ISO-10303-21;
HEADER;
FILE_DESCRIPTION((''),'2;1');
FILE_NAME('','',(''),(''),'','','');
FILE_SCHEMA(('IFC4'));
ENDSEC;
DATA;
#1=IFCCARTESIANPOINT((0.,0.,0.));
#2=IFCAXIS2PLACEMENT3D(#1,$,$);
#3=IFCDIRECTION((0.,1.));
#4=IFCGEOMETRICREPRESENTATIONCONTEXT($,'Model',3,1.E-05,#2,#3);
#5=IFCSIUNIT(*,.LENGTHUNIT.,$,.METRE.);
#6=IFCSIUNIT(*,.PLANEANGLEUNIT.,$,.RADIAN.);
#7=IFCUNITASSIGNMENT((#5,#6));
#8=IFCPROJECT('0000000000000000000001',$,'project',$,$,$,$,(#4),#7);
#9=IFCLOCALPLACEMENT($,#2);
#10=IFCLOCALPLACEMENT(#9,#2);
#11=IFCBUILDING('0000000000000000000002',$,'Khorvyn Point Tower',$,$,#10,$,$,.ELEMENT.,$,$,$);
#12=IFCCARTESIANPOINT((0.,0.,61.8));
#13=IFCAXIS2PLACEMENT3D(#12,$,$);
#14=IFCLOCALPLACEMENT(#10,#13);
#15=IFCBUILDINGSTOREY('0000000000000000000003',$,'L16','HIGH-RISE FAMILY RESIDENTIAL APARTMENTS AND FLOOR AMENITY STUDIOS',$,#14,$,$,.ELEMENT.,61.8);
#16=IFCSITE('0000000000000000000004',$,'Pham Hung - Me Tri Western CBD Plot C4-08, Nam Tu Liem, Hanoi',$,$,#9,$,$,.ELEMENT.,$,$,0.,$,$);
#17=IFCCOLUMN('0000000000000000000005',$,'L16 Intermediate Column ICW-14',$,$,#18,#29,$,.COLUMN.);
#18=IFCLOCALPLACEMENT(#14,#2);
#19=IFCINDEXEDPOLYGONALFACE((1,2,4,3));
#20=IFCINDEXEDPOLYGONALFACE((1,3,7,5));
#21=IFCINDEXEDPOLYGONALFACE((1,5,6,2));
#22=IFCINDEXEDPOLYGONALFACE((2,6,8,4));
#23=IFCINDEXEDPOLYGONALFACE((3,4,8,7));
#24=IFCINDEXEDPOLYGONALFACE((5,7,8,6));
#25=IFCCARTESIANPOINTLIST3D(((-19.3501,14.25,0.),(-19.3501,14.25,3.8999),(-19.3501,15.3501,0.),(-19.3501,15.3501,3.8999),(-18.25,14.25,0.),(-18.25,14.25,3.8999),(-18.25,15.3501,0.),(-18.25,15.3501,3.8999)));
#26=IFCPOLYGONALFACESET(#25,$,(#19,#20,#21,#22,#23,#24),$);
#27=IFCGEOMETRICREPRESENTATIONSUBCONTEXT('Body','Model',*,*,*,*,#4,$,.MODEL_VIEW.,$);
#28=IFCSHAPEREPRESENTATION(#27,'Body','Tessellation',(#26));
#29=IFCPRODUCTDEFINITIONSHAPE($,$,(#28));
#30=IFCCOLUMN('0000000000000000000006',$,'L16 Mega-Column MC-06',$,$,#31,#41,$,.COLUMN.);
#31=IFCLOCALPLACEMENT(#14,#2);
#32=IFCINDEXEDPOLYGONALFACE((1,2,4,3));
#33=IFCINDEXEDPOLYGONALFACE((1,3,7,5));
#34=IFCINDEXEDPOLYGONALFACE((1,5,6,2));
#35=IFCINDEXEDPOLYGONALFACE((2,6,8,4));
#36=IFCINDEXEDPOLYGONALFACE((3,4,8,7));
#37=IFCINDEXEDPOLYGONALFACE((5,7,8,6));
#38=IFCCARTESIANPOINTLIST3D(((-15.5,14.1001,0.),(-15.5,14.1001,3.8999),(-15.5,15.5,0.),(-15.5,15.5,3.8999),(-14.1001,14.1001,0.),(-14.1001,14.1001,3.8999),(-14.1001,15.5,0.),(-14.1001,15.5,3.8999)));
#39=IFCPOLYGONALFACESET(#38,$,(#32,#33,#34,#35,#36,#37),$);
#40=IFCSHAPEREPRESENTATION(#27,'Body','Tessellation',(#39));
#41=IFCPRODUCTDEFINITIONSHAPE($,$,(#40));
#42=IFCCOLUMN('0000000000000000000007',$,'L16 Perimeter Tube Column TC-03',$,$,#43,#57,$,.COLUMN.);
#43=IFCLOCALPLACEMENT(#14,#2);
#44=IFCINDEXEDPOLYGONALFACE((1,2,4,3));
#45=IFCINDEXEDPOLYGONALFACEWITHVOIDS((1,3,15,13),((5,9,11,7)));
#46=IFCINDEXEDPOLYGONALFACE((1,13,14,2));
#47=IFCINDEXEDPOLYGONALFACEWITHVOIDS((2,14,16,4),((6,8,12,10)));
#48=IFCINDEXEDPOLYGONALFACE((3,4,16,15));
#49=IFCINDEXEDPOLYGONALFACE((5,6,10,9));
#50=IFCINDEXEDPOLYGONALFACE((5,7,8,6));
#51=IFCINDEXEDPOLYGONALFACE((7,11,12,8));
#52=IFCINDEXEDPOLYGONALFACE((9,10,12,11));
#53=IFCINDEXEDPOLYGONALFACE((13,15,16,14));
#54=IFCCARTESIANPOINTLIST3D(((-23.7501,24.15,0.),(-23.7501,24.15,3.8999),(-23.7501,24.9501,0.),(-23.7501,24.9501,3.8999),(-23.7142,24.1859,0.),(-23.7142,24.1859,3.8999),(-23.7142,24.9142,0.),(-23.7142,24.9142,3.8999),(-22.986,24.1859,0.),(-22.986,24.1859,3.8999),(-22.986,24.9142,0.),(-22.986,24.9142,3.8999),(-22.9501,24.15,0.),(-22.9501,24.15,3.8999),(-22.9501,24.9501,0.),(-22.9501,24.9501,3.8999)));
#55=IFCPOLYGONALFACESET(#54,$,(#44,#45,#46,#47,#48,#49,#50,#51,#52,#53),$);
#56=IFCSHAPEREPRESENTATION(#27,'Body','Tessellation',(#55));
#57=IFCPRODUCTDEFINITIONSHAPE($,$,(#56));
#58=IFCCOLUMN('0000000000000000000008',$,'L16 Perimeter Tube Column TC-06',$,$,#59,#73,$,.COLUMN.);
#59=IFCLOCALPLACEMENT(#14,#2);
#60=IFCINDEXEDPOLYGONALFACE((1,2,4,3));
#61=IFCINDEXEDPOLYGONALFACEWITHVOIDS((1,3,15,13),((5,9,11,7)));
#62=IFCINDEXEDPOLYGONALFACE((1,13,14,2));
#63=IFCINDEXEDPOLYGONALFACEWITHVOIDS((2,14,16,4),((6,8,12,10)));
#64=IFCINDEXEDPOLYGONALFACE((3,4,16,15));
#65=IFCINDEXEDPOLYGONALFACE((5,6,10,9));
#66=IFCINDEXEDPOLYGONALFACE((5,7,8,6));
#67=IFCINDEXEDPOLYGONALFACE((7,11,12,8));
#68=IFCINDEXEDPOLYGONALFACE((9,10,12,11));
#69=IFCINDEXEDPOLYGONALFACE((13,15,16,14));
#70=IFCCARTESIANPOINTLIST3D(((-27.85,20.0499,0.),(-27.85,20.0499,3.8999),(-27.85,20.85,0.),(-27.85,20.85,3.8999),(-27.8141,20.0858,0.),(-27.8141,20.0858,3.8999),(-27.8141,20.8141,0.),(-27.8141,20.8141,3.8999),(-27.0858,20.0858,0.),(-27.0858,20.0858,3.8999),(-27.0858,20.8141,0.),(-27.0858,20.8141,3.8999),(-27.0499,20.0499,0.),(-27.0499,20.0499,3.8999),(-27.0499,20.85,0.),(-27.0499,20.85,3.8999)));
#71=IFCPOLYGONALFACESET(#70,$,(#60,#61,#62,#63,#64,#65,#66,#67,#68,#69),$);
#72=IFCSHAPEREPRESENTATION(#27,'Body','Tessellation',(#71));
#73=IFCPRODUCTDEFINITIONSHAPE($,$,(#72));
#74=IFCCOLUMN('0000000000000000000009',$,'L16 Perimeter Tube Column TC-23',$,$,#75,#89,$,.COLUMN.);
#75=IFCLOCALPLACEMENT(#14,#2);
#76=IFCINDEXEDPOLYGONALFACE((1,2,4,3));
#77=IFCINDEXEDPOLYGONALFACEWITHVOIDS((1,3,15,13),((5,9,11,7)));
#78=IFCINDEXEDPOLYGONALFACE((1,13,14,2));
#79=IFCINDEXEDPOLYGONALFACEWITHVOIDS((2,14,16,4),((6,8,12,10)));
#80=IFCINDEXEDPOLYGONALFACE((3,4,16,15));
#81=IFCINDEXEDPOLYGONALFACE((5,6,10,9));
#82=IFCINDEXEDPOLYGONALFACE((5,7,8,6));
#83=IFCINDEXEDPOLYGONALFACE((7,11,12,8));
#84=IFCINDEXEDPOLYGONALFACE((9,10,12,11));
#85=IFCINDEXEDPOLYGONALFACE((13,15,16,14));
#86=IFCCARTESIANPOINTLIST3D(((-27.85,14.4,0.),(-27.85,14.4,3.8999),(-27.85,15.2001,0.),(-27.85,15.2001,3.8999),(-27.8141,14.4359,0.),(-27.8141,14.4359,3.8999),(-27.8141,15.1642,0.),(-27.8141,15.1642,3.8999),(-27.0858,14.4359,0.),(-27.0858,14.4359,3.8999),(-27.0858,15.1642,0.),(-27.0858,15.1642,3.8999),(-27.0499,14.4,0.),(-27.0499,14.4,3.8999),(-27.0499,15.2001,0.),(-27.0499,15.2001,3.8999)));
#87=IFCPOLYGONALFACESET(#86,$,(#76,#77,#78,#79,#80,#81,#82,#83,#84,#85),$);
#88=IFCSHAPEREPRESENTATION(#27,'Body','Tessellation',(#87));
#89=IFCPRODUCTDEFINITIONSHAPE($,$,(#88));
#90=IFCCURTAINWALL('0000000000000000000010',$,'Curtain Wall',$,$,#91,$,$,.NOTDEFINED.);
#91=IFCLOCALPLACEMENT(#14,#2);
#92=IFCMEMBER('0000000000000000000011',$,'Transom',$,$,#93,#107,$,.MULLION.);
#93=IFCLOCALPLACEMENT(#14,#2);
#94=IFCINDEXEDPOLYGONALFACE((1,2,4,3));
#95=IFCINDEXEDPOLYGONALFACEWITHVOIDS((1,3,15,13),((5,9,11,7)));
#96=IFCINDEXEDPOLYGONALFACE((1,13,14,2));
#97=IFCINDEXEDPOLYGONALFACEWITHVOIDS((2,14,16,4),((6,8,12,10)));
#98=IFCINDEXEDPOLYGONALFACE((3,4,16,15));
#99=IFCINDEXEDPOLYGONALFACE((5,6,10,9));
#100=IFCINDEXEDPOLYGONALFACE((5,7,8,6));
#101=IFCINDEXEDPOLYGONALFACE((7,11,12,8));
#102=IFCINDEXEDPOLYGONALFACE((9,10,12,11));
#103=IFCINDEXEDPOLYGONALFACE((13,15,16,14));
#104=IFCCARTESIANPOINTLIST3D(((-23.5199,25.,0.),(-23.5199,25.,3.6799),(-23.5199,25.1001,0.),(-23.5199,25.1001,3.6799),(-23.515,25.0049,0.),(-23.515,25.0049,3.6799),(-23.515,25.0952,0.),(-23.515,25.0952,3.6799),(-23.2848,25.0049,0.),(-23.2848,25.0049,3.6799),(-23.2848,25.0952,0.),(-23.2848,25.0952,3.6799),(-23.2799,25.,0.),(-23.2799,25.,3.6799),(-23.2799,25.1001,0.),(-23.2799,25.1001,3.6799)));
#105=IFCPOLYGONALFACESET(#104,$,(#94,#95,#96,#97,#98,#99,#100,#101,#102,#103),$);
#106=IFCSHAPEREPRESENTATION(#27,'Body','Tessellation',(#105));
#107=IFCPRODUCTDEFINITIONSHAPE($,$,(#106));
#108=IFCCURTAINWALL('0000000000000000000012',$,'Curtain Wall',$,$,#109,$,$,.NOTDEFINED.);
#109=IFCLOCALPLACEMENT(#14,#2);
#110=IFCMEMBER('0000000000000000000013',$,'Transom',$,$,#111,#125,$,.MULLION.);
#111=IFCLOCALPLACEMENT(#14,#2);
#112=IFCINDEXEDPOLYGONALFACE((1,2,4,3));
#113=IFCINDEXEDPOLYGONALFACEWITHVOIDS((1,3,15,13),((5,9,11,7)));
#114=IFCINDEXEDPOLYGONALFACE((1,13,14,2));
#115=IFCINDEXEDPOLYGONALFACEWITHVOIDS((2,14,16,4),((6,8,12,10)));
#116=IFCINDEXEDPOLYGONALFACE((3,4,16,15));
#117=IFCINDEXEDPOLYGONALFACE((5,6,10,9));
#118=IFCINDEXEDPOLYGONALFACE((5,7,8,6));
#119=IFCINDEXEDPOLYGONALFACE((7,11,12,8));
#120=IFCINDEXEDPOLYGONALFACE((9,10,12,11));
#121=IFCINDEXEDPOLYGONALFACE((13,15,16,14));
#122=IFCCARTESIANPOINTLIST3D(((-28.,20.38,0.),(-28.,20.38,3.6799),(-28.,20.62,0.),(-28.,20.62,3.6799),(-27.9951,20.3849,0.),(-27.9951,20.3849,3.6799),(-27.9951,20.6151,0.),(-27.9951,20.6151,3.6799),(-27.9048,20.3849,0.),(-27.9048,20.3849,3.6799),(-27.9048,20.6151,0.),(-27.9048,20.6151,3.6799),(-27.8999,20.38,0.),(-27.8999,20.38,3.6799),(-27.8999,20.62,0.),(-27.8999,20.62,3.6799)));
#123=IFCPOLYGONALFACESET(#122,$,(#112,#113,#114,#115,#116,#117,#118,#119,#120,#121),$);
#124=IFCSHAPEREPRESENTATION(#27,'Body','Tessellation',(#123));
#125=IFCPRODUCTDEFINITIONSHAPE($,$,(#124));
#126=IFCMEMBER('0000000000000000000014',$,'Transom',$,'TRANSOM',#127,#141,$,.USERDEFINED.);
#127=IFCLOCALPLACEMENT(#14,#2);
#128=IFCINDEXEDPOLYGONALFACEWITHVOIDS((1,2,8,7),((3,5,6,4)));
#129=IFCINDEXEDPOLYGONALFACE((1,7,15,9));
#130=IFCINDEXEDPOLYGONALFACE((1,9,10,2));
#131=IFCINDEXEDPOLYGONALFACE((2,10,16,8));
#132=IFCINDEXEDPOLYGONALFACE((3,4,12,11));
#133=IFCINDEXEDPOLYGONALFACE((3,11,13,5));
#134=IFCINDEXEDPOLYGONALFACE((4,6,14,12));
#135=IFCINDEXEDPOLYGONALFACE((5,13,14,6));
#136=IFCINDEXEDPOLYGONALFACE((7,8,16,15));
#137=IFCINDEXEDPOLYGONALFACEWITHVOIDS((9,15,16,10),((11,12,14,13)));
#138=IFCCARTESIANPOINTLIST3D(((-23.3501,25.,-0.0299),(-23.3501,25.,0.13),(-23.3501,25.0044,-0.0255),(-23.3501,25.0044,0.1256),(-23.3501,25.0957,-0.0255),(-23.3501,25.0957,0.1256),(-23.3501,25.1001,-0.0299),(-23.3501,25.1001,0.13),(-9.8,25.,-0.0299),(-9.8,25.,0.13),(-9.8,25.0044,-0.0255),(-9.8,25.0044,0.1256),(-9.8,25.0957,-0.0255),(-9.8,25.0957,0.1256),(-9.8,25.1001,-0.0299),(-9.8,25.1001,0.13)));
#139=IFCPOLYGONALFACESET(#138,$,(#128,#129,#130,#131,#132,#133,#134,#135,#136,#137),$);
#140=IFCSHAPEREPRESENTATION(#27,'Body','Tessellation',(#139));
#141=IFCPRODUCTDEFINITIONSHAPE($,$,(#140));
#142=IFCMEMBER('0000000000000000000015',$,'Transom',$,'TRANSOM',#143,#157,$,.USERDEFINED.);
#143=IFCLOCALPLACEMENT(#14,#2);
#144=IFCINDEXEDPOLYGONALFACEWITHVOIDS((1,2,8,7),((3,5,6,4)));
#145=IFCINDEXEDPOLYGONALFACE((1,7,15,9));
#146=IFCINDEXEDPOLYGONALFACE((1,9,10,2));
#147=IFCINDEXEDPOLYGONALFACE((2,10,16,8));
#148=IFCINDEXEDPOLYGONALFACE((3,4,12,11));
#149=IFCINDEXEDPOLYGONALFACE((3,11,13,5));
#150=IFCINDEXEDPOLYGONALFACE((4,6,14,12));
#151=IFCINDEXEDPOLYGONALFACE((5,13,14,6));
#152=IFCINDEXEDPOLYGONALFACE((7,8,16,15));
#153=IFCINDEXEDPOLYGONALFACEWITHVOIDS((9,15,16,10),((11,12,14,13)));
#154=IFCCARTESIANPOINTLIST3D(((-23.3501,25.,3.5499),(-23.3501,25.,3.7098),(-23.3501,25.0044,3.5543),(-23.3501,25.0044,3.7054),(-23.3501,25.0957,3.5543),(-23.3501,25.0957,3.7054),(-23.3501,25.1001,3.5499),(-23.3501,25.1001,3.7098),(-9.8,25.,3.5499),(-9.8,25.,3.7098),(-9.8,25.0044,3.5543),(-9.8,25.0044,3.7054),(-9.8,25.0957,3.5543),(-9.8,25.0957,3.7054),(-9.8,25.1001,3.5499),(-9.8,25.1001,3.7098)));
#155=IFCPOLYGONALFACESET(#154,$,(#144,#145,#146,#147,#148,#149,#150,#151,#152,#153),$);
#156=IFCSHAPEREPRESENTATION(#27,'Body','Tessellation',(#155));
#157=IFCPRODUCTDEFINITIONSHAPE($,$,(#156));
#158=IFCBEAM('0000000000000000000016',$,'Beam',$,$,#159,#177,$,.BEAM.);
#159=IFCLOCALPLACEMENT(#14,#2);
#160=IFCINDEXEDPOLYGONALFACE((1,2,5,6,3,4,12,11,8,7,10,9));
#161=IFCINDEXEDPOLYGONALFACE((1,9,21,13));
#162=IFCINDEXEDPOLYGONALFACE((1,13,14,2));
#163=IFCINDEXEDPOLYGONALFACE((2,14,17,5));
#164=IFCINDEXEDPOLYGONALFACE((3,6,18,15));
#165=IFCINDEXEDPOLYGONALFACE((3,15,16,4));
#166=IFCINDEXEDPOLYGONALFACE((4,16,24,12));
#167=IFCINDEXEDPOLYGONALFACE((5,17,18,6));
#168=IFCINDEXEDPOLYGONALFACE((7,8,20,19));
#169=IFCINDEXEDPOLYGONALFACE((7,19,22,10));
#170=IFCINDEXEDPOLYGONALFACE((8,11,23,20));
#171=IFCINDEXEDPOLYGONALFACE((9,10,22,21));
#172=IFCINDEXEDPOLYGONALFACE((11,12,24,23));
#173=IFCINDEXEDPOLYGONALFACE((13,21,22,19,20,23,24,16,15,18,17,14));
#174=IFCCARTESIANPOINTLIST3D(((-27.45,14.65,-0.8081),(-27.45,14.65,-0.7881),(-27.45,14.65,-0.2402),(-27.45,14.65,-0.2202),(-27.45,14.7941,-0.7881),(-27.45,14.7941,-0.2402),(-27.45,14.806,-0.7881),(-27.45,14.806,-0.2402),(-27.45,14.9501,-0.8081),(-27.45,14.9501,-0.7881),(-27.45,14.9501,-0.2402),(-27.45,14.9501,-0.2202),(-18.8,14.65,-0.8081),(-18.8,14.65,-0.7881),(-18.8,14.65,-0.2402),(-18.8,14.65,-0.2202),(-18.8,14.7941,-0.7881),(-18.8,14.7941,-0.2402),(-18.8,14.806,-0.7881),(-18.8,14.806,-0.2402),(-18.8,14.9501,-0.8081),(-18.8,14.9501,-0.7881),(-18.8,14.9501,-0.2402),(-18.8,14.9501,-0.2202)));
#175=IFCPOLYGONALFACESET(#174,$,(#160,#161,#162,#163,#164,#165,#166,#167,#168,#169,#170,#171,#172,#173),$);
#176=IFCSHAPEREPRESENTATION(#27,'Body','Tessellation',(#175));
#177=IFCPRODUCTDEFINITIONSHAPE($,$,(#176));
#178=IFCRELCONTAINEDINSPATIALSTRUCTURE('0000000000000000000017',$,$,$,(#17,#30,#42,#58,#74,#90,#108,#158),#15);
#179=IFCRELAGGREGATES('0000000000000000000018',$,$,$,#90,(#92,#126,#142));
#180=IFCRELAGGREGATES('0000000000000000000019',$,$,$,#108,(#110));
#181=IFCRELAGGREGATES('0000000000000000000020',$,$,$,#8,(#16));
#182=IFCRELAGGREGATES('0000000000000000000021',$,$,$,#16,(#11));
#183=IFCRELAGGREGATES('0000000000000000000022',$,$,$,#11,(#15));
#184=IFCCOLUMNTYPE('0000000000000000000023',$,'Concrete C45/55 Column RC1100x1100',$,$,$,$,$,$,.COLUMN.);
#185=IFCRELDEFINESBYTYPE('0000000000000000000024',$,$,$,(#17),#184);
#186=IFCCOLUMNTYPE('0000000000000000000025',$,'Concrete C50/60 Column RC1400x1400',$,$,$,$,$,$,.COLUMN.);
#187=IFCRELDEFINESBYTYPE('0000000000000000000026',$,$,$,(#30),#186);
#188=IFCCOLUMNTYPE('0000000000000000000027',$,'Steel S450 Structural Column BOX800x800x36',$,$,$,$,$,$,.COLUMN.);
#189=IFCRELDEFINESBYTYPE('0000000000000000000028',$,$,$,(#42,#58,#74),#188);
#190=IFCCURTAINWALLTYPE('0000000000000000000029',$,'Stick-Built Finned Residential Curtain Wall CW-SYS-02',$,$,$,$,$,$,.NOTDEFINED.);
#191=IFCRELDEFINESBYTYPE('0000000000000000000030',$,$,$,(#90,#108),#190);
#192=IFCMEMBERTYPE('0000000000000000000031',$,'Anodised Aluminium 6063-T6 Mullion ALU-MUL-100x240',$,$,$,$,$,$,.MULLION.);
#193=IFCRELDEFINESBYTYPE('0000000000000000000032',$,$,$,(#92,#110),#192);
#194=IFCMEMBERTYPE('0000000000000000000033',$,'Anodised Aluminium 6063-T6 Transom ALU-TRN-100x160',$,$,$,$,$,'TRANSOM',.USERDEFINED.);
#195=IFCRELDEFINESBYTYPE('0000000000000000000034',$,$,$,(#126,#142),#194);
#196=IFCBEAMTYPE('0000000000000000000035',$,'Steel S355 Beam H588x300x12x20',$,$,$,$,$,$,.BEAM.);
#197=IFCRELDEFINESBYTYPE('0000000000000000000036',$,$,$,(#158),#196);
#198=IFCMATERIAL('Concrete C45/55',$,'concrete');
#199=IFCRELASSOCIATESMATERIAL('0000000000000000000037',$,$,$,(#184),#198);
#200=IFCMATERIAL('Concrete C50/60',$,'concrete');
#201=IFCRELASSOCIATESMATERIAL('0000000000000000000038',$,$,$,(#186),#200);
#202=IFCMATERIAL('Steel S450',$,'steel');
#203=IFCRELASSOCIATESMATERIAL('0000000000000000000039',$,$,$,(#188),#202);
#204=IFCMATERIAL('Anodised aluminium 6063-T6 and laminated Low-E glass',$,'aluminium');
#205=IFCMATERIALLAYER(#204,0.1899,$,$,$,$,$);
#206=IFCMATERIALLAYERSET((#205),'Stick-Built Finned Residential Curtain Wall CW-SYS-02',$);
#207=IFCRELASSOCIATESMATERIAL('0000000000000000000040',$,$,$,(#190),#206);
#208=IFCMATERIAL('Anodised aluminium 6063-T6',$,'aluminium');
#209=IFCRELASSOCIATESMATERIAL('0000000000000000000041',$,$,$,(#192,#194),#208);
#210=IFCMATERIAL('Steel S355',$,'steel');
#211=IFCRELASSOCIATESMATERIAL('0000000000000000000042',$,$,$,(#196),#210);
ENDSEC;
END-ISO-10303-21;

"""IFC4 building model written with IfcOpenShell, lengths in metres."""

from ifc_helpers import new_model, si_unit, direction, frame, origin, origin_2d, place, context, subcontext, project, spatial, rectangle, hollow_rectangle, i_section, extrude, material, layer, layer_set, material_profile, profile_set, type_object, element, aggregate, save


model = new_model("IFC4")

# Units and contexts
model_context = context("Model", 3, precision=1e-05, world=origin(), true_north=direction((0.0, 1.0)))
body_context = subcontext(model_context, "Body", "Model", "MODEL_VIEW")
ifc_project = project(units=[si_unit("LENGTHUNIT", "METRE"), si_unit("PLANEANGLEUNIT", "RADIAN")], contexts=[model_context])

# Site, building, storey
site_placement = place(None, origin())
site = spatial("IfcSite", under=ifc_project, at=site_placement, Name="Pham Hung - Me Tri Western CBD Plot C4-08, Nam Tu Liem, Hanoi", CompositionType="ELEMENT", RefElevation=0.0)
building_placement = place(site_placement, origin())
building = spatial("IfcBuilding", under=site, at=building_placement, Name="Khorvyn Point Tower", CompositionType="ELEMENT")
storey_placement = place(building_placement, frame((0.0, 0.0, 61.8)))
storey = spatial("IfcBuildingStorey", under=building, at=storey_placement, Name="L16", Description="HIGH-RISE FAMILY RESIDENTIAL APARTMENTS AND FLOOR AMENITY STUDIOS", CompositionType="ELEMENT", Elevation=61.8)

# Columns
ifc_material_1 = material(Name="Concrete C45/55", Category="concrete")
ifc_material_profile_1 = material_profile(ifc_material_1, rectangle(XDim=1.1001, YDim=1.1001, at=origin_2d()))
ifc_profile_set_1 = profile_set([ifc_material_profile_1], Name="Concrete C45/55 RC1100x1100")
column_type_1 = type_object("IfcColumnType", Name="Concrete C45/55 Column RC1100x1100", PredefinedType="COLUMN", material=ifc_profile_set_1)
column_1_placement = place(storey_placement, frame((-18.8, 14.8, 0.0), z_axis=(0.0, 0.0, 1.0), x_axis=(1.0, 0.0, 0.0)))
element("IfcColumn", 1, at=column_1_placement, inside=storey, type_object=column_type_1, Name="L16 Intermediate Column ICW-14", PredefinedType="COLUMN", context=body_context, shape_type="SweptSolid", body=[
    extrude(rectangle(XDim=1.1001, YDim=1.1001, at=origin_2d()), origin(), (0.0, 0.0, 1.0), 3.8999),
])
ifc_material_2 = material(Name="Concrete C50/60", Category="concrete")
ifc_material_profile_2 = material_profile(ifc_material_2, rectangle(XDim=1.3999, YDim=1.3999, at=origin_2d()))
ifc_profile_set_2 = profile_set([ifc_material_profile_2], Name="Concrete C50/60 RC1400x1400")
column_type_2 = type_object("IfcColumnType", Name="Concrete C50/60 Column RC1400x1400", PredefinedType="COLUMN", material=ifc_profile_set_2)
column_2_placement = place(storey_placement, frame((-14.8, 14.8, 0.0), z_axis=(0.0, 0.0, 1.0), x_axis=(1.0, 0.0, 0.0)))
element("IfcColumn", 2, at=column_2_placement, inside=storey, type_object=column_type_2, Name="L16 Mega-Column MC-06", PredefinedType="COLUMN", context=body_context, shape_type="SweptSolid", body=[
    extrude(rectangle(XDim=1.3999, YDim=1.3999, at=origin_2d()), origin(), (0.0, 0.0, 1.0), 3.8999),
])
ifc_material_3 = material(Name="Steel S450", Category="steel")
ifc_material_profile_3 = material_profile(ifc_material_3, hollow_rectangle(XDim=0.8, YDim=0.8, WallThickness=0.0359, at=origin_2d()))
ifc_profile_set_3 = profile_set([ifc_material_profile_3], Name="Steel S450 BOX800x800x36")
column_type_3 = type_object("IfcColumnType", Name="Steel S450 Structural Column BOX800x800x36", PredefinedType="COLUMN", material=ifc_profile_set_3)
for number, where, z_axis, x_axis, name in (
    (3, (-23.3501, 24.55, 0.0), (0.0, 0.0, 1.0), (1.0, 0.0, 0.0), "L16 Perimeter Tube Column TC-03"),
    (4, (-27.45, 20.45, 0.0), (0.0, 0.0, 1.0), (1.0, 0.0, 0.0), "L16 Perimeter Tube Column TC-06"),
    (5, (-27.45, 14.8, 0.0), (0.0, 0.0, 1.0), (1.0, 0.0, 0.0), "L16 Perimeter Tube Column TC-23"),
):
    element("IfcColumn", number, at=place(storey_placement, frame(where, z_axis=z_axis, x_axis=x_axis)), inside=storey, type_object=column_type_3, Name=name, PredefinedType="COLUMN", context=body_context, shape_type="SweptSolid", body=[
        extrude(hollow_rectangle(XDim=0.8, YDim=0.8, WallThickness=0.0359, at=origin_2d()), origin(), (0.0, 0.0, 1.0), 3.8999),
    ])

# Curtain walls, members
ifc_material_4 = material(Name="Anodised aluminium 6063-T6 and laminated Low-E glass", Category="aluminium")
ifc_layer_1 = layer(ifc_material_4, 0.1899)
ifc_layer_set_1 = layer_set([ifc_layer_1], Name="Stick-Built Finned Residential Curtain Wall CW-SYS-02")
curtain_wall_type = type_object("IfcCurtainWallType", Name="Stick-Built Finned Residential Curtain Wall CW-SYS-02", PredefinedType="NOTDEFINED", material=ifc_layer_set_1)
curtain_wall_1_placement = place(storey_placement, origin())
curtain_wall_1 = element("IfcCurtainWall", 6, at=curtain_wall_1_placement, inside=storey, type_object=curtain_wall_type, Name="Curtain Wall", PredefinedType="NOTDEFINED")
ifc_material_5 = material(Name="Anodised aluminium 6063-T6", Category="aluminium")
ifc_material_profile_4 = material_profile(ifc_material_5, hollow_rectangle(XDim=0.1001, YDim=0.24, WallThickness=0.0049, at=origin_2d()))
ifc_profile_set_4 = profile_set([ifc_material_profile_4], Name="Anodised aluminium 6063-T6 ALU-MUL-100x240")
member_type_1 = type_object("IfcMemberType", Name="Anodised Aluminium 6063-T6 Mullion ALU-MUL-100x240", PredefinedType="MULLION", material=ifc_profile_set_4)
member_1_placement = place(storey_placement, frame((-23.3999, 25.05, 0.0), z_axis=(0.0, 0.0, 1.0), x_axis=(0.0, 1.0, 0.0)))
member_1 = element("IfcMember", 7, at=member_1_placement, type_object=member_type_1, Name="Transom", PredefinedType="MULLION", context=body_context, shape_type="SweptSolid", body=[
    extrude(hollow_rectangle(XDim=0.1001, YDim=0.24, WallThickness=0.0049, at=origin_2d()), origin(), (0.0, 0.0, 1.0), 3.6799),
])
curtain_wall_2_placement = place(storey_placement, origin())
curtain_wall_2 = element("IfcCurtainWall", 8, at=curtain_wall_2_placement, inside=storey, type_object=curtain_wall_type, Name="Curtain Wall", PredefinedType="NOTDEFINED")
member_2_placement = place(storey_placement, frame((-27.95, 20.5, 0.0), z_axis=(0.0, 0.0, 1.0), x_axis=(-1.0, 0.0, 0.0)))
member_2 = element("IfcMember", 9, at=member_2_placement, type_object=member_type_1, Name="Transom", PredefinedType="MULLION", context=body_context, shape_type="SweptSolid", body=[
    extrude(hollow_rectangle(XDim=0.1001, YDim=0.24, WallThickness=0.0049, at=origin_2d()), origin(), (0.0, 0.0, 1.0), 3.6799),
])

# Members
ifc_material_profile_5 = material_profile(ifc_material_5, hollow_rectangle(XDim=0.1001, YDim=0.1599, WallThickness=0.0044, at=origin_2d()))
ifc_profile_set_5 = profile_set([ifc_material_profile_5], Name="Anodised aluminium 6063-T6 ALU-TRN-100x160")
member_type_2 = type_object("IfcMemberType", Name="Anodised Aluminium 6063-T6 Transom ALU-TRN-100x160", ElementType="TRANSOM", PredefinedType="USERDEFINED", material=ifc_profile_set_5)
member_3_placement = place(storey_placement, frame((-23.3501, 25.05, 0.05), z_axis=(1.0, 0.0, 0.0), x_axis=(0.0, 1.0, 0.0)))
member_3 = element("IfcMember", 10, at=member_3_placement, type_object=member_type_2, Name="Transom", ObjectType="TRANSOM", PredefinedType="USERDEFINED", context=body_context, shape_type="SweptSolid", body=[
    extrude(hollow_rectangle(XDim=0.1001, YDim=0.1599, WallThickness=0.0044, at=origin_2d()), origin(), (0.0, 0.0, 1.0), 13.55),
])
member_4_placement = place(storey_placement, frame((-23.3501, 25.05, 3.6299), z_axis=(1.0, 0.0, 0.0), x_axis=(0.0, 1.0, 0.0)))
member_4 = element("IfcMember", 11, at=member_4_placement, type_object=member_type_2, Name="Transom", ObjectType="TRANSOM", PredefinedType="USERDEFINED", context=body_context, shape_type="SweptSolid", body=[
    extrude(hollow_rectangle(XDim=0.1001, YDim=0.1599, WallThickness=0.0044, at=origin_2d()), origin(), (0.0, 0.0, 1.0), 13.55),
])

# Beam
ifc_material_6 = material(Name="Steel S355", Category="steel")
ifc_material_profile_6 = material_profile(ifc_material_6, i_section(OverallWidth=0.3, OverallDepth=0.5879, WebThickness=0.012, FlangeThickness=0.02, at=origin_2d()))
ifc_profile_set_6 = profile_set([ifc_material_profile_6], Name="Steel S355 H588x300x12x20")
beam_type_1 = type_object("IfcBeamType", Name="Steel S355 Beam H588x300x12x20", PredefinedType="BEAM", material=ifc_profile_set_6)
beam_1_placement = place(storey_placement, frame((-27.45, 14.8, -0.5142), z_axis=(1.0, 0.0, 0.0), x_axis=(0.0, 1.0, 0.0)))
element("IfcBeam", 12, at=beam_1_placement, inside=storey, type_object=beam_type_1, Name="Beam", PredefinedType="BEAM", context=body_context, shape_type="SweptSolid", body=[
    extrude(i_section(OverallWidth=0.3, OverallDepth=0.5879, WebThickness=0.012, FlangeThickness=0.02, at=origin_2d()), origin(), (0.0, 0.0, 1.0), 8.6499),
])

aggregate(curtain_wall_1, [member_1, member_3, member_4])
aggregate(curtain_wall_2, [member_2])

save(model, "model.ifc")
